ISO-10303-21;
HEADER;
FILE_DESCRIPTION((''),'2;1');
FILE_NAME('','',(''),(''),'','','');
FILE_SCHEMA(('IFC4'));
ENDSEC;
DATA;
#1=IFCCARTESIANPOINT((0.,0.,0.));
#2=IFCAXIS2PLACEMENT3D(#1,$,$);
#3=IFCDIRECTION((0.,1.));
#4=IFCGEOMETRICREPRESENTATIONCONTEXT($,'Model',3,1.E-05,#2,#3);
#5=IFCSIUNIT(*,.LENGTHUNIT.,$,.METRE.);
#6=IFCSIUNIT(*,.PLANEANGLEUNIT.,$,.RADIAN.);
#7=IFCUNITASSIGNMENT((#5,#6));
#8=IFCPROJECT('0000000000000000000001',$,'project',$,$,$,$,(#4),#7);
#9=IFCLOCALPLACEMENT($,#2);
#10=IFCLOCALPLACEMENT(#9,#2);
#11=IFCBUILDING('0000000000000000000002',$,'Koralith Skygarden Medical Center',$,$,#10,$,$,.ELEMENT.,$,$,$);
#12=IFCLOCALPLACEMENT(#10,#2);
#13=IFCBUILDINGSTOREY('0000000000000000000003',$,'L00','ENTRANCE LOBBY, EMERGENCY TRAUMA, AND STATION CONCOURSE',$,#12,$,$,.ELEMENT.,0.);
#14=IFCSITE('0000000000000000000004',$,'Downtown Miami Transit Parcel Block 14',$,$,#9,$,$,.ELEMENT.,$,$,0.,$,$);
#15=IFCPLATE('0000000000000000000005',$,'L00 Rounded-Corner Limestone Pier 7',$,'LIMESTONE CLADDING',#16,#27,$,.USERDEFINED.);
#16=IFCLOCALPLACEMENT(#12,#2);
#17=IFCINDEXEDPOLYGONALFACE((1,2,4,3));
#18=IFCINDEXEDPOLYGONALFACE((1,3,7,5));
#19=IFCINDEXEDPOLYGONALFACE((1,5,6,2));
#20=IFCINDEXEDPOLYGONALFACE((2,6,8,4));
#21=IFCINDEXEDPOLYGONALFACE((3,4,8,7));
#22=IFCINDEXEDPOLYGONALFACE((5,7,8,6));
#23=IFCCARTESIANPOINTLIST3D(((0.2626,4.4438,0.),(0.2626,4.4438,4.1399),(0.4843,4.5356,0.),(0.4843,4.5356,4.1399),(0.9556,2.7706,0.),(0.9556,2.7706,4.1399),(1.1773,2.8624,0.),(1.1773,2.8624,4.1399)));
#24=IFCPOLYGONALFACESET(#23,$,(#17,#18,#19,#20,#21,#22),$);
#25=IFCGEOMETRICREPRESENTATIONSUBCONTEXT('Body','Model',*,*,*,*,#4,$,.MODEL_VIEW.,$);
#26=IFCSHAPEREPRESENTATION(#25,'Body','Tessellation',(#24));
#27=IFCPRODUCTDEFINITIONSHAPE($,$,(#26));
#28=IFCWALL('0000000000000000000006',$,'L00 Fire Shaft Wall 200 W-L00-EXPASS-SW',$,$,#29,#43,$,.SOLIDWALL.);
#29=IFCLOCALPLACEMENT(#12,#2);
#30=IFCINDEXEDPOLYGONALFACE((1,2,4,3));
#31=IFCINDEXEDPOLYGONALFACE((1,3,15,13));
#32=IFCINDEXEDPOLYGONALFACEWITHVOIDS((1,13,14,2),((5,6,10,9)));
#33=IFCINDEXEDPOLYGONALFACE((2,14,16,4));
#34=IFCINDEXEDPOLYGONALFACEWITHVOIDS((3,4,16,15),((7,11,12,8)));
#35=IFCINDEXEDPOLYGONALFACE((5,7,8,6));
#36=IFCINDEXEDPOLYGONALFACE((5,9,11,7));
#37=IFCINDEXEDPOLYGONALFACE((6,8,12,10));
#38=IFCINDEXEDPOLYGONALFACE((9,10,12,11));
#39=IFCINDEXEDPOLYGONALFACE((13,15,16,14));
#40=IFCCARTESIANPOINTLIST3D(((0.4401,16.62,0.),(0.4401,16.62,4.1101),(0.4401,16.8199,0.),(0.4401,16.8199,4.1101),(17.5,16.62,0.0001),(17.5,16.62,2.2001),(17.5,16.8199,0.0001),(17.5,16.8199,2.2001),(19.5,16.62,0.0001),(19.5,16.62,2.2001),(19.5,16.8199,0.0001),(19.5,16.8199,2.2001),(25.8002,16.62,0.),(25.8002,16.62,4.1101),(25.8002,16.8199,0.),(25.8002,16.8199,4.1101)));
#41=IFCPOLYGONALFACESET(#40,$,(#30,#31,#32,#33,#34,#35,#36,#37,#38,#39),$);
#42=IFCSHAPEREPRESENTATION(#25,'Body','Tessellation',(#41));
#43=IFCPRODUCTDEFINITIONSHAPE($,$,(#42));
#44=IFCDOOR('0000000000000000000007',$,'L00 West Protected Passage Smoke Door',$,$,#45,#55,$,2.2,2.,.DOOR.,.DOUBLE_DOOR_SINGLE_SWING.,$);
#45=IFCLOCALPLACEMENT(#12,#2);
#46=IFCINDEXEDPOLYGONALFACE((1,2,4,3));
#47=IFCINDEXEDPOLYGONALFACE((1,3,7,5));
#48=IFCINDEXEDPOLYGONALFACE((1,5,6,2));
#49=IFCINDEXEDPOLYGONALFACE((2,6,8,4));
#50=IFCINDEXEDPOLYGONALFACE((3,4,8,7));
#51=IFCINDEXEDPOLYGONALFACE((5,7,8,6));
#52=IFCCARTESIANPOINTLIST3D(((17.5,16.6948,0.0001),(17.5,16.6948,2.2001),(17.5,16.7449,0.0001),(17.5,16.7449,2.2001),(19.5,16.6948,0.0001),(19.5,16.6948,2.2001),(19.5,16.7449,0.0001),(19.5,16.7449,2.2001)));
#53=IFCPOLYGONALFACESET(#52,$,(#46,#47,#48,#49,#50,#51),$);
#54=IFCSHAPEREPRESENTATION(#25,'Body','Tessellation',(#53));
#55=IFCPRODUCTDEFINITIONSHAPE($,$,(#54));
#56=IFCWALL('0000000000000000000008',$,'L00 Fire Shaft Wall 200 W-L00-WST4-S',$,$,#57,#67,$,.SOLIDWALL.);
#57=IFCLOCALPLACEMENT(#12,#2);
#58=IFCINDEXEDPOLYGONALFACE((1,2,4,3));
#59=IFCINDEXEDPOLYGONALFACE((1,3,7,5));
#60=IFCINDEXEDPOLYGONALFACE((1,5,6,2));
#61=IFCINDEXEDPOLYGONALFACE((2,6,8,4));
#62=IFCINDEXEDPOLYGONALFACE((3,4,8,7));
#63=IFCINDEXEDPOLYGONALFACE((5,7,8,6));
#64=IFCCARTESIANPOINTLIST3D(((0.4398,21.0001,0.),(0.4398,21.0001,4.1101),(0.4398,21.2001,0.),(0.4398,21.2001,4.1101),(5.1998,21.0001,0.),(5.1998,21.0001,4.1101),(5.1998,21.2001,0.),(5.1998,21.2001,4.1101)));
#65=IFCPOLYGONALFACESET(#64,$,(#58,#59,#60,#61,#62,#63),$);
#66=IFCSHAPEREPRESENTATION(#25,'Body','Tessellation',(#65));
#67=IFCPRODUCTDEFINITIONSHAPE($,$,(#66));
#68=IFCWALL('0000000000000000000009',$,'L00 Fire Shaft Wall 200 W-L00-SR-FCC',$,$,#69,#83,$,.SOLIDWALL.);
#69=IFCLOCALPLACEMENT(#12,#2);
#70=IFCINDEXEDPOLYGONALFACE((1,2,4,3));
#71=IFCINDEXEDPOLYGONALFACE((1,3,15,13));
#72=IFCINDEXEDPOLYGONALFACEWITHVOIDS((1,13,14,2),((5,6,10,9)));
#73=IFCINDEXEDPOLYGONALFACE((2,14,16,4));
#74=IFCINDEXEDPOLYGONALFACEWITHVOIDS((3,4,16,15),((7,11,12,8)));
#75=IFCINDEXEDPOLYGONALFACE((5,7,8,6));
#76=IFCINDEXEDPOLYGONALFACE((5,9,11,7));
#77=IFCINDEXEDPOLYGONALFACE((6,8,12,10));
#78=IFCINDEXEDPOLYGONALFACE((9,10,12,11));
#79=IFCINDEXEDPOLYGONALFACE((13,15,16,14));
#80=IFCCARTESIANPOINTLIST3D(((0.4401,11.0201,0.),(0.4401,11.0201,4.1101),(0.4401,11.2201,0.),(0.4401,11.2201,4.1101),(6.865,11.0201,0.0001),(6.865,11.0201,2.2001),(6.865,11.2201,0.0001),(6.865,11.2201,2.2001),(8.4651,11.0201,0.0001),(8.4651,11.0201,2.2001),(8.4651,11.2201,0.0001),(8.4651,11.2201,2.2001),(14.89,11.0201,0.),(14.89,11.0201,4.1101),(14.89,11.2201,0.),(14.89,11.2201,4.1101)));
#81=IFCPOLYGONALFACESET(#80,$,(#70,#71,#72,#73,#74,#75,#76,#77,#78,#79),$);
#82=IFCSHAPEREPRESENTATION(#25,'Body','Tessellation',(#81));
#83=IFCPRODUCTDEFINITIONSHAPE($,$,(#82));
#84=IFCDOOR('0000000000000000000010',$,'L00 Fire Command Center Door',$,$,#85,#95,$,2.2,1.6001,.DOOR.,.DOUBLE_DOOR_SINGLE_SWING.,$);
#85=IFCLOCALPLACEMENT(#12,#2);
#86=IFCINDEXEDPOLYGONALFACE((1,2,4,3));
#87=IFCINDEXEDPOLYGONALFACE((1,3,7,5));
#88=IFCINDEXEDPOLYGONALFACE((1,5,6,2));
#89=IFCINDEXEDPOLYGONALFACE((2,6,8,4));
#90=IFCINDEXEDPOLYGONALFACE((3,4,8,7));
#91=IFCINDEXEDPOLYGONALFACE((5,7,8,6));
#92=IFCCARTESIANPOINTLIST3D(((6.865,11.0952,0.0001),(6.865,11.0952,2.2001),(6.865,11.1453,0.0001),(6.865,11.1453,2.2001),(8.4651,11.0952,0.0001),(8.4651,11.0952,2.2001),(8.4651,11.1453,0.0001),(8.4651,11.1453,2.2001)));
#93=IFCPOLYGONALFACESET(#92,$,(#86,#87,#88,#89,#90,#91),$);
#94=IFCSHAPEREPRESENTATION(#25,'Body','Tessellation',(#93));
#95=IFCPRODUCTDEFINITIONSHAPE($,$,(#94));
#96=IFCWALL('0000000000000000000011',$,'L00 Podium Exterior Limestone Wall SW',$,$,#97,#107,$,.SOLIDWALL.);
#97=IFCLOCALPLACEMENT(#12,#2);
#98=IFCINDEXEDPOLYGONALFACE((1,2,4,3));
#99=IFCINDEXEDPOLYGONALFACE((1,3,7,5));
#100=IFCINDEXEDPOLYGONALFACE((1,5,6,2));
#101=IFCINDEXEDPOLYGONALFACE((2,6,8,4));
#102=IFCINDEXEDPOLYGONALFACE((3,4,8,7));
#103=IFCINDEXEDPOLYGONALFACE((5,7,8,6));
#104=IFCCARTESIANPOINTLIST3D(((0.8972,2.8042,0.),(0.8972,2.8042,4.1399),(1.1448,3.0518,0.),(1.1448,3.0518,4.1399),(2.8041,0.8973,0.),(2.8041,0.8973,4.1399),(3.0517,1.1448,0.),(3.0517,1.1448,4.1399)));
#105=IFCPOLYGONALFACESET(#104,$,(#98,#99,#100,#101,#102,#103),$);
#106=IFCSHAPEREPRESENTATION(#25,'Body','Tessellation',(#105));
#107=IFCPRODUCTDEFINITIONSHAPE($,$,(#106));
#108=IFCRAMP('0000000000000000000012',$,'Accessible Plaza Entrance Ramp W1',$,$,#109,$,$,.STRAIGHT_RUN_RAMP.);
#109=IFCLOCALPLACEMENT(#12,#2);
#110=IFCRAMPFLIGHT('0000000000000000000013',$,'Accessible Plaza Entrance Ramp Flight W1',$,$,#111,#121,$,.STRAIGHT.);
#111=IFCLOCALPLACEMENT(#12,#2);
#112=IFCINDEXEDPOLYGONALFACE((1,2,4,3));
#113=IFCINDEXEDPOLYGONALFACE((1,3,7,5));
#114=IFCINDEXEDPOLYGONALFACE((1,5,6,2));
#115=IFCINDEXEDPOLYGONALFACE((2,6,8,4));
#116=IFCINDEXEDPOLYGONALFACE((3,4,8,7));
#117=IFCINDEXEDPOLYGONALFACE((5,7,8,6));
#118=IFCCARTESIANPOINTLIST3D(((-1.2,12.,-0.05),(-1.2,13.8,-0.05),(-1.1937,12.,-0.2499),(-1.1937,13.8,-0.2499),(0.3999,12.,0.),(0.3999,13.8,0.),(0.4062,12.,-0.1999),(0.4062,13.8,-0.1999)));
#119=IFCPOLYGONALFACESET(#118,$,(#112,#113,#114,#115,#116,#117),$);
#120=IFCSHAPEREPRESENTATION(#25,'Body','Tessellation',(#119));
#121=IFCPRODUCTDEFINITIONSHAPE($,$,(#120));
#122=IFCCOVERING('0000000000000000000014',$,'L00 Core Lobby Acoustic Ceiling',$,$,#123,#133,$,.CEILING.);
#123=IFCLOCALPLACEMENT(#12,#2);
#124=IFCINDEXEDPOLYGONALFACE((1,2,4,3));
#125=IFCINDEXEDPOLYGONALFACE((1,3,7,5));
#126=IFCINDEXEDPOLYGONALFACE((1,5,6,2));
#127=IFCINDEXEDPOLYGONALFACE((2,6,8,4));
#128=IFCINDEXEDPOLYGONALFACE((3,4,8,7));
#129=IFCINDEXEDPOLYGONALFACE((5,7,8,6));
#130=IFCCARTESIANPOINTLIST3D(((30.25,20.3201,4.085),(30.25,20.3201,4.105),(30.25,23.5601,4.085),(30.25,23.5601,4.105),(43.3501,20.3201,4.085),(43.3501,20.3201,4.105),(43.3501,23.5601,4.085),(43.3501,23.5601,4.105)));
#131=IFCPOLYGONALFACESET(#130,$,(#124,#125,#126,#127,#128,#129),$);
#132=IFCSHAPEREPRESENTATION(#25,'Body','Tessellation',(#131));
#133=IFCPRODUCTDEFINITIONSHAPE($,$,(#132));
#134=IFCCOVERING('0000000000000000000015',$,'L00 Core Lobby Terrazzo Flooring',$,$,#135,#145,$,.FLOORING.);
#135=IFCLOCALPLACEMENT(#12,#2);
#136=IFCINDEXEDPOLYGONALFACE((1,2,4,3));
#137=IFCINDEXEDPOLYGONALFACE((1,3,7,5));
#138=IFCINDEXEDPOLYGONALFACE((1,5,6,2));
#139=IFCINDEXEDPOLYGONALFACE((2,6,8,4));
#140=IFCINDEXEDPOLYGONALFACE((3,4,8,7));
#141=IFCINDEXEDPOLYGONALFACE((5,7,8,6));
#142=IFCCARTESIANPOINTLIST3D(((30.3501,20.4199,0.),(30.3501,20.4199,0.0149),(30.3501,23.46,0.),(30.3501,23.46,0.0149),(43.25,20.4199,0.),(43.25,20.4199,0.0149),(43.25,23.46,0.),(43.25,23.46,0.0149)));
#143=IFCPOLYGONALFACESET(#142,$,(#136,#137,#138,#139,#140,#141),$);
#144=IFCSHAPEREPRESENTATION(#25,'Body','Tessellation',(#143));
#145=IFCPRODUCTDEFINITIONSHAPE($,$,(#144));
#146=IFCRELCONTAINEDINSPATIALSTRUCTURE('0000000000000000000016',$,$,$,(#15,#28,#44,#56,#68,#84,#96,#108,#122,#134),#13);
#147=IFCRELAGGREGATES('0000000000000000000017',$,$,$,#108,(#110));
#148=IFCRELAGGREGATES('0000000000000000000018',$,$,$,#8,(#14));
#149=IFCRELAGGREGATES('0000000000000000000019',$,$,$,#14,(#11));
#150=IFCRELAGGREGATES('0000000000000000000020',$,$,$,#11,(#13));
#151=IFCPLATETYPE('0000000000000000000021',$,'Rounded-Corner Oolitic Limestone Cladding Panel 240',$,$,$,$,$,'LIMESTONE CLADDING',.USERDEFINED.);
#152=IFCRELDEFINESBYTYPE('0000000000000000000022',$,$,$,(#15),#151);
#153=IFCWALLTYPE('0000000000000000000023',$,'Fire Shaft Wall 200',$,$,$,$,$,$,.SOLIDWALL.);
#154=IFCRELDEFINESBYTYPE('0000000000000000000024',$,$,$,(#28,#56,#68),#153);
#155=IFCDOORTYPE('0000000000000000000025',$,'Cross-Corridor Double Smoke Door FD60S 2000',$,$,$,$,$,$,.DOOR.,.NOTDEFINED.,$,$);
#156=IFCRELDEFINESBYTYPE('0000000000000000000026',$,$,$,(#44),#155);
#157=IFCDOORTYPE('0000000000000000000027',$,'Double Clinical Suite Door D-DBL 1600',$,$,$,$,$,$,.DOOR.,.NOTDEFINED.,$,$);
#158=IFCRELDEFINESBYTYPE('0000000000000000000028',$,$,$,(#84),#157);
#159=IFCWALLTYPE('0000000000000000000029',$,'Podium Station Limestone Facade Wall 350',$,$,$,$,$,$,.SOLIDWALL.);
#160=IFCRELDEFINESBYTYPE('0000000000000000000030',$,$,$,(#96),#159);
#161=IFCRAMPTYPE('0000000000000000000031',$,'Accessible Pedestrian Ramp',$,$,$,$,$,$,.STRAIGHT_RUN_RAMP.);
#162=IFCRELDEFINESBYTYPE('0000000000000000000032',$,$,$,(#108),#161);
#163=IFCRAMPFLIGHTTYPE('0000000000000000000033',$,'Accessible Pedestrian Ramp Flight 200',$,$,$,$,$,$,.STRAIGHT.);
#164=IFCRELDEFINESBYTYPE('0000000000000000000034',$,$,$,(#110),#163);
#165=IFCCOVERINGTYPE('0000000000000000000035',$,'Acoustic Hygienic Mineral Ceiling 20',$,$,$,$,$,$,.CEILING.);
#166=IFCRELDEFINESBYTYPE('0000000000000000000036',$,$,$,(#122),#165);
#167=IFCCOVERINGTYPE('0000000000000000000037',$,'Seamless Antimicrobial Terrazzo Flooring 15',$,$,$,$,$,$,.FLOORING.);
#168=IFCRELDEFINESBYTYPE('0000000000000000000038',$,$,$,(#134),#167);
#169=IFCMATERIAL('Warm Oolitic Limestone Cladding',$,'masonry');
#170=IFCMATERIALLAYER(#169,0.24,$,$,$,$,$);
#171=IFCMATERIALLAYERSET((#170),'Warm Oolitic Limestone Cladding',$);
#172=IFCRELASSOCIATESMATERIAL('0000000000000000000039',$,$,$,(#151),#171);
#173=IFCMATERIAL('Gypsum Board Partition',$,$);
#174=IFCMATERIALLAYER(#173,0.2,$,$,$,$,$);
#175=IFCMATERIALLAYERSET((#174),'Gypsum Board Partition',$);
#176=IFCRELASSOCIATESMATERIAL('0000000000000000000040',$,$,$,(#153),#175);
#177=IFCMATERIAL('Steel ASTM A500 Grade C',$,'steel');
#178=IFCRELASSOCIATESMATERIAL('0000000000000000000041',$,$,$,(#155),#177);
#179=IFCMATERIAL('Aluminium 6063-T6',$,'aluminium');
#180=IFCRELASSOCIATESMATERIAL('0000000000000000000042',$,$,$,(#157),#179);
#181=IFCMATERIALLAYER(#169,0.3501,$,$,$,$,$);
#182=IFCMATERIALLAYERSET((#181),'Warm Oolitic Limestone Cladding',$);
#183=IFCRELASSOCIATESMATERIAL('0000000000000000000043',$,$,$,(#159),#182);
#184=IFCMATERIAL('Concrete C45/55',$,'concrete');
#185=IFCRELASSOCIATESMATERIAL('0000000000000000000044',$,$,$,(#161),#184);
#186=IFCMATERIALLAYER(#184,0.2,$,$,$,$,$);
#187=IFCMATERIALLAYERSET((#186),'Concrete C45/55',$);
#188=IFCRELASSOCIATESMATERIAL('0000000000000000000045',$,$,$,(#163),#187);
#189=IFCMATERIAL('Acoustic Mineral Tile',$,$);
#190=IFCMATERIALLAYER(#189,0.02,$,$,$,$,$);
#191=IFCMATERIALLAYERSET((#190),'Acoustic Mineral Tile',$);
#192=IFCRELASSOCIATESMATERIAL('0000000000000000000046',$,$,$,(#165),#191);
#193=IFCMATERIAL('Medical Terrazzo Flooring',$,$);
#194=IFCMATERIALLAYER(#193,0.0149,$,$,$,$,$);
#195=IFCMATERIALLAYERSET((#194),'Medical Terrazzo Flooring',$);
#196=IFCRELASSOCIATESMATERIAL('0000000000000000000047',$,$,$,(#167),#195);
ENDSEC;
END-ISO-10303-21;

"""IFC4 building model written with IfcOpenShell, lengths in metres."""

from ifc_helpers import new_model, si_unit, direction, frame, frame_2d, origin, origin_2d, place, context, subcontext, project, spatial, polyline, rectangle, outline, extrude, material, layer, layer_set, type_object, element, fill, aggregate, save


model = new_model("IFC4")

# Units and contexts
model_context = context("Model", 3, precision=1e-05, world=origin(), true_north=direction((0.0, 1.0)))
body_context = subcontext(model_context, "Body", "Model", "MODEL_VIEW")
ifc_project = project(units=[si_unit("LENGTHUNIT", "METRE"), si_unit("PLANEANGLEUNIT", "RADIAN")], contexts=[model_context])

# Site, building, storey
site_placement = place(None, origin())
site = spatial("IfcSite", under=ifc_project, at=site_placement, Name="Downtown Miami Transit Parcel Block 14", CompositionType="ELEMENT", RefElevation=0.0)
building_placement = place(site_placement, origin())
building = spatial("IfcBuilding", under=site, at=building_placement, Name="Koralith Skygarden Medical Center", CompositionType="ELEMENT")
storey_placement = place(building_placement, origin())
storey = spatial("IfcBuildingStorey", under=building, at=storey_placement, Name="L00", Description="ENTRANCE LOBBY, EMERGENCY TRAUMA, AND STATION CONCOURSE", CompositionType="ELEMENT", Elevation=0.0)

# Shared definitions
ifc_material_1 = material(Name="Concrete C45/55", Category="concrete")

# Plate
ifc_material_2 = material(Name="Warm Oolitic Limestone Cladding", Category="masonry")
ifc_layer_1 = layer(ifc_material_2, 0.24)
ifc_layer_set_1 = layer_set([ifc_layer_1], Name="Warm Oolitic Limestone Cladding")
plate_type = type_object("IfcPlateType", Name="Rounded-Corner Oolitic Limestone Cladding Panel 240", ElementType="LIMESTONE CLADDING", PredefinedType="USERDEFINED", material=ifc_layer_set_1)
plate_placement = place(storey_placement, frame((0.72, 3.6531, 0.0), z_axis=(0.0, 0.0, 1.0), x_axis=(0.382671, -0.923885, 0.0)))
element("IfcPlate", 1, at=plate_placement, inside=storey, type_object=plate_type, Name="L00 Rounded-Corner Limestone Pier 7", ObjectType="LIMESTONE CLADDING", PredefinedType="USERDEFINED", context=body_context, shape_type="SweptSolid", body=[
    extrude(rectangle(XDim=1.811, YDim=0.24, at=origin_2d()), origin(), (0.0, 0.0, 1.0), 4.1399),
])

# Wall, opening, door
ifc_material_3 = material(Name="Gypsum Board Partition")
ifc_layer_2 = layer(ifc_material_3, 0.2)
ifc_layer_set_2 = layer_set([ifc_layer_2], Name="Gypsum Board Partition")
wall_type_1 = type_object("IfcWallType", Name="Fire Shaft Wall 200", PredefinedType="SOLIDWALL", material=ifc_layer_set_2)
wall_1_placement = place(storey_placement, frame((0.4399, 16.72, 0.0), z_axis=(0.0, 0.0, 1.0), x_axis=(1.0, 0.0, 0.0)))
wall_1 = element("IfcWall", 2, at=wall_1_placement, inside=storey, type_object=wall_type_1, Name="L00 Fire Shaft Wall 200 W-L00-EXPASS-SW", PredefinedType="SOLIDWALL", context=body_context, shape_type="SweptSolid", body=[
    extrude(rectangle(XDim=25.3601, YDim=0.2, at=frame_2d((12.6802, 0.0))), origin(), (0.0, 0.0, 1.0), 4.1101),
])
opening_1_placement = place(wall_1_placement, frame((17.0601, 0.0, 0.0)))
opening_1 = element("IfcOpeningElement", 3, at=opening_1_placement, cuts=wall_1, PredefinedType="OPENING", context=body_context, shape_type="SweptSolid", body=[
    extrude(rectangle(XDim=2.0, YDim=2.2, at=frame_2d((1.0, 1.1001))), frame((0.0, 0.1099, 0.0), z_axis=(0.0, -1.0, 0.0), x_axis=(1.0, 0.0, 0.0)), (0.0, 0.0, 1.0), 0.22),
])
ifc_material_4 = material(Name="Steel ASTM A500 Grade C", Category="steel")
door_type_1 = type_object("IfcDoorType", Name="Cross-Corridor Double Smoke Door FD60S 2000", OperationType="NOTDEFINED", PredefinedType="DOOR", material=ifc_material_4)
door_1_placement = place(opening_1_placement, origin())
door_1 = element("IfcDoor", 4, at=door_1_placement, inside=storey, type_object=door_type_1, Name="L00 West Protected Passage Smoke Door", OperationType="DOUBLE_DOOR_SINGLE_SWING", OverallHeight=2.2, OverallWidth=2.0, PredefinedType="DOOR", context=body_context, shape_type="SweptSolid", body=[
    extrude(rectangle(XDim=2.0, YDim=2.2, at=frame_2d((1.0, 1.1001))), frame((0.0, 0.0249, 0.0), z_axis=(0.0, -1.0, 0.0), x_axis=(1.0, 0.0, 0.0)), (0.0, 0.0, 1.0), 0.05),
])
fill(opening_1, door_1)

# Wall
wall_2_placement = place(storey_placement, frame((0.4399, 21.1001, 0.0), z_axis=(0.0, 0.0, 1.0), x_axis=(1.0, 0.0, 0.0)))
element("IfcWall", 5, at=wall_2_placement, inside=storey, type_object=wall_type_1, Name="L00 Fire Shaft Wall 200 W-L00-WST4-S", PredefinedType="SOLIDWALL", context=body_context, shape_type="SweptSolid", body=[
    extrude(rectangle(XDim=4.76, YDim=0.2, at=frame_2d((2.3799, 0.0))), origin(), (0.0, 0.0, 1.0), 4.1101),
])

# Wall, opening, door
wall_3_placement = place(storey_placement, frame((0.4399, 11.1201, 0.0), z_axis=(0.0, 0.0, 1.0), x_axis=(1.0, 0.0, 0.0)))
wall_3 = element("IfcWall", 6, at=wall_3_placement, inside=storey, type_object=wall_type_1, Name="L00 Fire Shaft Wall 200 W-L00-SR-FCC", PredefinedType="SOLIDWALL", context=body_context, shape_type="SweptSolid", body=[
    extrude(rectangle(XDim=14.45, YDim=0.2, at=frame_2d((7.2251, 0.0))), origin(), (0.0, 0.0, 1.0), 4.1101),
])
opening_2_placement = place(wall_3_placement, frame((6.425, 0.0, 0.0)))
opening_2 = element("IfcOpeningElement", 7, at=opening_2_placement, cuts=wall_3, PredefinedType="OPENING", context=body_context, shape_type="SweptSolid", body=[
    extrude(rectangle(XDim=1.6001, YDim=2.2, at=frame_2d((0.8, 1.1001))), frame((0.0, 0.1099, 0.0), z_axis=(0.0, -1.0, 0.0), x_axis=(1.0, 0.0, 0.0)), (0.0, 0.0, 1.0), 0.22),
])
ifc_material_5 = material(Name="Aluminium 6063-T6", Category="aluminium")
door_type_2 = type_object("IfcDoorType", Name="Double Clinical Suite Door D-DBL 1600", OperationType="NOTDEFINED", PredefinedType="DOOR", material=ifc_material_5)
door_2_placement = place(opening_2_placement, frame((1.6001, 0.0, 0.0), z_axis=(0.0, 0.0, 1.0), x_axis=(-1.0, 0.0, 0.0)))
door_2 = element("IfcDoor", 8, at=door_2_placement, inside=storey, type_object=door_type_2, Name="L00 Fire Command Center Door", OperationType="DOUBLE_DOOR_SINGLE_SWING", OverallHeight=2.2, OverallWidth=1.6001, PredefinedType="DOOR", context=body_context, shape_type="SweptSolid", body=[
    extrude(rectangle(XDim=1.6001, YDim=2.2, at=frame_2d((0.8, 1.1001))), frame((0.0, 0.0249, 0.0), z_axis=(0.0, -1.0, 0.0), x_axis=(1.0, 0.0, 0.0)), (0.0, 0.0, 1.0), 0.05),
])
fill(opening_2, door_2)

# Wall
ifc_layer_3 = layer(ifc_material_2, 0.3501)
ifc_layer_set_3 = layer_set([ifc_layer_3], Name="Warm Oolitic Limestone Cladding")
wall_type_2 = type_object("IfcWallType", Name="Podium Station Limestone Facade Wall 350", PredefinedType="SOLIDWALL", material=ifc_layer_set_3)
wall_4_placement = place(storey_placement, frame((1.021, 2.928, 0.0), z_axis=(0.0, 0.0, 1.0), x_axis=(0.707107, -0.707107, 0.0)))
element("IfcWall", 9, at=wall_4_placement, inside=storey, type_object=wall_type_2, Name="L00 Podium Exterior Limestone Wall SW", PredefinedType="SOLIDWALL", context=body_context, shape_type="SweptSolid", body=[
    extrude(rectangle(XDim=2.6968, YDim=0.3501, at=frame_2d((1.3484, 0.0))), origin(), (0.0, 0.0, 1.0), 4.1399),
])

# Ramp, ramp flight
ramp_type = type_object("IfcRampType", Name="Accessible Pedestrian Ramp", PredefinedType="STRAIGHT_RUN_RAMP", material=ifc_material_1)
ramp_placement = place(storey_placement, origin())
ramp = element("IfcRamp", 10, at=ramp_placement, inside=storey, type_object=ramp_type, Name="Accessible Plaza Entrance Ramp W1", PredefinedType="STRAIGHT_RUN_RAMP")
ifc_layer_4 = layer(ifc_material_1, 0.2)
ifc_layer_set_4 = layer_set([ifc_layer_4], Name="Concrete C45/55")
ramp_flight_type = type_object("IfcRampFlightType", Name="Accessible Pedestrian Ramp Flight 200", PredefinedType="STRAIGHT", material=ifc_layer_set_4)
ramp_flight_placement = place(storey_placement, frame((-1.2, 12.0, -0.05), z_axis=(-0.031268, 0.0, 0.999511), x_axis=(0.999511, 0.0, 0.031268)))
ramp_flight = element("IfcRampFlight", 11, at=ramp_flight_placement, type_object=ramp_flight_type, Name="Accessible Plaza Entrance Ramp Flight W1", PredefinedType="STRAIGHT", context=body_context, shape_type="SweptSolid", body=[
    extrude(outline(polyline([(0.0, 0.0), (1.6006, 0.0), (1.6006, 1.8), (0.0, 1.8), (0.0, 0.0)])), origin(), (0.0, 0.0, -1.0), 0.2),
])
aggregate(ramp, [ramp_flight])

# Coverings
ifc_material_6 = material(Name="Acoustic Mineral Tile")
ifc_layer_5 = layer(ifc_material_6, 0.02)
ifc_layer_set_5 = layer_set([ifc_layer_5], Name="Acoustic Mineral Tile")
covering_type_1 = type_object("IfcCoveringType", Name="Acoustic Hygienic Mineral Ceiling 20", PredefinedType="CEILING", material=ifc_layer_set_5)
covering_1_placement = place(storey_placement, frame((0.0, 0.0, 4.085)))
element("IfcCovering", 12, at=covering_1_placement, inside=storey, type_object=covering_type_1, Name="L00 Core Lobby Acoustic Ceiling", PredefinedType="CEILING", context=body_context, shape_type="SweptSolid", body=[
    extrude(outline(polyline([(30.25, 20.3201), (43.3501, 20.3201), (43.3501, 23.5601), (30.25, 23.5601), (30.25, 20.3201)])), origin(), (0.0, 0.0, 1.0), 0.02),
])
ifc_material_7 = material(Name="Medical Terrazzo Flooring")
ifc_layer_6 = layer(ifc_material_7, 0.0149)
ifc_layer_set_6 = layer_set([ifc_layer_6], Name="Medical Terrazzo Flooring")
covering_type_2 = type_object("IfcCoveringType", Name="Seamless Antimicrobial Terrazzo Flooring 15", PredefinedType="FLOORING", material=ifc_layer_set_6)
covering_2_placement = place(storey_placement, origin())
element("IfcCovering", 13, at=covering_2_placement, inside=storey, type_object=covering_type_2, Name="L00 Core Lobby Terrazzo Flooring", PredefinedType="FLOORING", context=body_context, shape_type="SweptSolid", body=[
    extrude(outline(polyline([(30.3501, 20.4199), (43.25, 20.4199), (43.25, 23.46), (30.3501, 23.46), (30.3501, 20.4199)])), origin(), (0.0, 0.0, 1.0), 0.0149),
])

save(model, "model.ifc")
